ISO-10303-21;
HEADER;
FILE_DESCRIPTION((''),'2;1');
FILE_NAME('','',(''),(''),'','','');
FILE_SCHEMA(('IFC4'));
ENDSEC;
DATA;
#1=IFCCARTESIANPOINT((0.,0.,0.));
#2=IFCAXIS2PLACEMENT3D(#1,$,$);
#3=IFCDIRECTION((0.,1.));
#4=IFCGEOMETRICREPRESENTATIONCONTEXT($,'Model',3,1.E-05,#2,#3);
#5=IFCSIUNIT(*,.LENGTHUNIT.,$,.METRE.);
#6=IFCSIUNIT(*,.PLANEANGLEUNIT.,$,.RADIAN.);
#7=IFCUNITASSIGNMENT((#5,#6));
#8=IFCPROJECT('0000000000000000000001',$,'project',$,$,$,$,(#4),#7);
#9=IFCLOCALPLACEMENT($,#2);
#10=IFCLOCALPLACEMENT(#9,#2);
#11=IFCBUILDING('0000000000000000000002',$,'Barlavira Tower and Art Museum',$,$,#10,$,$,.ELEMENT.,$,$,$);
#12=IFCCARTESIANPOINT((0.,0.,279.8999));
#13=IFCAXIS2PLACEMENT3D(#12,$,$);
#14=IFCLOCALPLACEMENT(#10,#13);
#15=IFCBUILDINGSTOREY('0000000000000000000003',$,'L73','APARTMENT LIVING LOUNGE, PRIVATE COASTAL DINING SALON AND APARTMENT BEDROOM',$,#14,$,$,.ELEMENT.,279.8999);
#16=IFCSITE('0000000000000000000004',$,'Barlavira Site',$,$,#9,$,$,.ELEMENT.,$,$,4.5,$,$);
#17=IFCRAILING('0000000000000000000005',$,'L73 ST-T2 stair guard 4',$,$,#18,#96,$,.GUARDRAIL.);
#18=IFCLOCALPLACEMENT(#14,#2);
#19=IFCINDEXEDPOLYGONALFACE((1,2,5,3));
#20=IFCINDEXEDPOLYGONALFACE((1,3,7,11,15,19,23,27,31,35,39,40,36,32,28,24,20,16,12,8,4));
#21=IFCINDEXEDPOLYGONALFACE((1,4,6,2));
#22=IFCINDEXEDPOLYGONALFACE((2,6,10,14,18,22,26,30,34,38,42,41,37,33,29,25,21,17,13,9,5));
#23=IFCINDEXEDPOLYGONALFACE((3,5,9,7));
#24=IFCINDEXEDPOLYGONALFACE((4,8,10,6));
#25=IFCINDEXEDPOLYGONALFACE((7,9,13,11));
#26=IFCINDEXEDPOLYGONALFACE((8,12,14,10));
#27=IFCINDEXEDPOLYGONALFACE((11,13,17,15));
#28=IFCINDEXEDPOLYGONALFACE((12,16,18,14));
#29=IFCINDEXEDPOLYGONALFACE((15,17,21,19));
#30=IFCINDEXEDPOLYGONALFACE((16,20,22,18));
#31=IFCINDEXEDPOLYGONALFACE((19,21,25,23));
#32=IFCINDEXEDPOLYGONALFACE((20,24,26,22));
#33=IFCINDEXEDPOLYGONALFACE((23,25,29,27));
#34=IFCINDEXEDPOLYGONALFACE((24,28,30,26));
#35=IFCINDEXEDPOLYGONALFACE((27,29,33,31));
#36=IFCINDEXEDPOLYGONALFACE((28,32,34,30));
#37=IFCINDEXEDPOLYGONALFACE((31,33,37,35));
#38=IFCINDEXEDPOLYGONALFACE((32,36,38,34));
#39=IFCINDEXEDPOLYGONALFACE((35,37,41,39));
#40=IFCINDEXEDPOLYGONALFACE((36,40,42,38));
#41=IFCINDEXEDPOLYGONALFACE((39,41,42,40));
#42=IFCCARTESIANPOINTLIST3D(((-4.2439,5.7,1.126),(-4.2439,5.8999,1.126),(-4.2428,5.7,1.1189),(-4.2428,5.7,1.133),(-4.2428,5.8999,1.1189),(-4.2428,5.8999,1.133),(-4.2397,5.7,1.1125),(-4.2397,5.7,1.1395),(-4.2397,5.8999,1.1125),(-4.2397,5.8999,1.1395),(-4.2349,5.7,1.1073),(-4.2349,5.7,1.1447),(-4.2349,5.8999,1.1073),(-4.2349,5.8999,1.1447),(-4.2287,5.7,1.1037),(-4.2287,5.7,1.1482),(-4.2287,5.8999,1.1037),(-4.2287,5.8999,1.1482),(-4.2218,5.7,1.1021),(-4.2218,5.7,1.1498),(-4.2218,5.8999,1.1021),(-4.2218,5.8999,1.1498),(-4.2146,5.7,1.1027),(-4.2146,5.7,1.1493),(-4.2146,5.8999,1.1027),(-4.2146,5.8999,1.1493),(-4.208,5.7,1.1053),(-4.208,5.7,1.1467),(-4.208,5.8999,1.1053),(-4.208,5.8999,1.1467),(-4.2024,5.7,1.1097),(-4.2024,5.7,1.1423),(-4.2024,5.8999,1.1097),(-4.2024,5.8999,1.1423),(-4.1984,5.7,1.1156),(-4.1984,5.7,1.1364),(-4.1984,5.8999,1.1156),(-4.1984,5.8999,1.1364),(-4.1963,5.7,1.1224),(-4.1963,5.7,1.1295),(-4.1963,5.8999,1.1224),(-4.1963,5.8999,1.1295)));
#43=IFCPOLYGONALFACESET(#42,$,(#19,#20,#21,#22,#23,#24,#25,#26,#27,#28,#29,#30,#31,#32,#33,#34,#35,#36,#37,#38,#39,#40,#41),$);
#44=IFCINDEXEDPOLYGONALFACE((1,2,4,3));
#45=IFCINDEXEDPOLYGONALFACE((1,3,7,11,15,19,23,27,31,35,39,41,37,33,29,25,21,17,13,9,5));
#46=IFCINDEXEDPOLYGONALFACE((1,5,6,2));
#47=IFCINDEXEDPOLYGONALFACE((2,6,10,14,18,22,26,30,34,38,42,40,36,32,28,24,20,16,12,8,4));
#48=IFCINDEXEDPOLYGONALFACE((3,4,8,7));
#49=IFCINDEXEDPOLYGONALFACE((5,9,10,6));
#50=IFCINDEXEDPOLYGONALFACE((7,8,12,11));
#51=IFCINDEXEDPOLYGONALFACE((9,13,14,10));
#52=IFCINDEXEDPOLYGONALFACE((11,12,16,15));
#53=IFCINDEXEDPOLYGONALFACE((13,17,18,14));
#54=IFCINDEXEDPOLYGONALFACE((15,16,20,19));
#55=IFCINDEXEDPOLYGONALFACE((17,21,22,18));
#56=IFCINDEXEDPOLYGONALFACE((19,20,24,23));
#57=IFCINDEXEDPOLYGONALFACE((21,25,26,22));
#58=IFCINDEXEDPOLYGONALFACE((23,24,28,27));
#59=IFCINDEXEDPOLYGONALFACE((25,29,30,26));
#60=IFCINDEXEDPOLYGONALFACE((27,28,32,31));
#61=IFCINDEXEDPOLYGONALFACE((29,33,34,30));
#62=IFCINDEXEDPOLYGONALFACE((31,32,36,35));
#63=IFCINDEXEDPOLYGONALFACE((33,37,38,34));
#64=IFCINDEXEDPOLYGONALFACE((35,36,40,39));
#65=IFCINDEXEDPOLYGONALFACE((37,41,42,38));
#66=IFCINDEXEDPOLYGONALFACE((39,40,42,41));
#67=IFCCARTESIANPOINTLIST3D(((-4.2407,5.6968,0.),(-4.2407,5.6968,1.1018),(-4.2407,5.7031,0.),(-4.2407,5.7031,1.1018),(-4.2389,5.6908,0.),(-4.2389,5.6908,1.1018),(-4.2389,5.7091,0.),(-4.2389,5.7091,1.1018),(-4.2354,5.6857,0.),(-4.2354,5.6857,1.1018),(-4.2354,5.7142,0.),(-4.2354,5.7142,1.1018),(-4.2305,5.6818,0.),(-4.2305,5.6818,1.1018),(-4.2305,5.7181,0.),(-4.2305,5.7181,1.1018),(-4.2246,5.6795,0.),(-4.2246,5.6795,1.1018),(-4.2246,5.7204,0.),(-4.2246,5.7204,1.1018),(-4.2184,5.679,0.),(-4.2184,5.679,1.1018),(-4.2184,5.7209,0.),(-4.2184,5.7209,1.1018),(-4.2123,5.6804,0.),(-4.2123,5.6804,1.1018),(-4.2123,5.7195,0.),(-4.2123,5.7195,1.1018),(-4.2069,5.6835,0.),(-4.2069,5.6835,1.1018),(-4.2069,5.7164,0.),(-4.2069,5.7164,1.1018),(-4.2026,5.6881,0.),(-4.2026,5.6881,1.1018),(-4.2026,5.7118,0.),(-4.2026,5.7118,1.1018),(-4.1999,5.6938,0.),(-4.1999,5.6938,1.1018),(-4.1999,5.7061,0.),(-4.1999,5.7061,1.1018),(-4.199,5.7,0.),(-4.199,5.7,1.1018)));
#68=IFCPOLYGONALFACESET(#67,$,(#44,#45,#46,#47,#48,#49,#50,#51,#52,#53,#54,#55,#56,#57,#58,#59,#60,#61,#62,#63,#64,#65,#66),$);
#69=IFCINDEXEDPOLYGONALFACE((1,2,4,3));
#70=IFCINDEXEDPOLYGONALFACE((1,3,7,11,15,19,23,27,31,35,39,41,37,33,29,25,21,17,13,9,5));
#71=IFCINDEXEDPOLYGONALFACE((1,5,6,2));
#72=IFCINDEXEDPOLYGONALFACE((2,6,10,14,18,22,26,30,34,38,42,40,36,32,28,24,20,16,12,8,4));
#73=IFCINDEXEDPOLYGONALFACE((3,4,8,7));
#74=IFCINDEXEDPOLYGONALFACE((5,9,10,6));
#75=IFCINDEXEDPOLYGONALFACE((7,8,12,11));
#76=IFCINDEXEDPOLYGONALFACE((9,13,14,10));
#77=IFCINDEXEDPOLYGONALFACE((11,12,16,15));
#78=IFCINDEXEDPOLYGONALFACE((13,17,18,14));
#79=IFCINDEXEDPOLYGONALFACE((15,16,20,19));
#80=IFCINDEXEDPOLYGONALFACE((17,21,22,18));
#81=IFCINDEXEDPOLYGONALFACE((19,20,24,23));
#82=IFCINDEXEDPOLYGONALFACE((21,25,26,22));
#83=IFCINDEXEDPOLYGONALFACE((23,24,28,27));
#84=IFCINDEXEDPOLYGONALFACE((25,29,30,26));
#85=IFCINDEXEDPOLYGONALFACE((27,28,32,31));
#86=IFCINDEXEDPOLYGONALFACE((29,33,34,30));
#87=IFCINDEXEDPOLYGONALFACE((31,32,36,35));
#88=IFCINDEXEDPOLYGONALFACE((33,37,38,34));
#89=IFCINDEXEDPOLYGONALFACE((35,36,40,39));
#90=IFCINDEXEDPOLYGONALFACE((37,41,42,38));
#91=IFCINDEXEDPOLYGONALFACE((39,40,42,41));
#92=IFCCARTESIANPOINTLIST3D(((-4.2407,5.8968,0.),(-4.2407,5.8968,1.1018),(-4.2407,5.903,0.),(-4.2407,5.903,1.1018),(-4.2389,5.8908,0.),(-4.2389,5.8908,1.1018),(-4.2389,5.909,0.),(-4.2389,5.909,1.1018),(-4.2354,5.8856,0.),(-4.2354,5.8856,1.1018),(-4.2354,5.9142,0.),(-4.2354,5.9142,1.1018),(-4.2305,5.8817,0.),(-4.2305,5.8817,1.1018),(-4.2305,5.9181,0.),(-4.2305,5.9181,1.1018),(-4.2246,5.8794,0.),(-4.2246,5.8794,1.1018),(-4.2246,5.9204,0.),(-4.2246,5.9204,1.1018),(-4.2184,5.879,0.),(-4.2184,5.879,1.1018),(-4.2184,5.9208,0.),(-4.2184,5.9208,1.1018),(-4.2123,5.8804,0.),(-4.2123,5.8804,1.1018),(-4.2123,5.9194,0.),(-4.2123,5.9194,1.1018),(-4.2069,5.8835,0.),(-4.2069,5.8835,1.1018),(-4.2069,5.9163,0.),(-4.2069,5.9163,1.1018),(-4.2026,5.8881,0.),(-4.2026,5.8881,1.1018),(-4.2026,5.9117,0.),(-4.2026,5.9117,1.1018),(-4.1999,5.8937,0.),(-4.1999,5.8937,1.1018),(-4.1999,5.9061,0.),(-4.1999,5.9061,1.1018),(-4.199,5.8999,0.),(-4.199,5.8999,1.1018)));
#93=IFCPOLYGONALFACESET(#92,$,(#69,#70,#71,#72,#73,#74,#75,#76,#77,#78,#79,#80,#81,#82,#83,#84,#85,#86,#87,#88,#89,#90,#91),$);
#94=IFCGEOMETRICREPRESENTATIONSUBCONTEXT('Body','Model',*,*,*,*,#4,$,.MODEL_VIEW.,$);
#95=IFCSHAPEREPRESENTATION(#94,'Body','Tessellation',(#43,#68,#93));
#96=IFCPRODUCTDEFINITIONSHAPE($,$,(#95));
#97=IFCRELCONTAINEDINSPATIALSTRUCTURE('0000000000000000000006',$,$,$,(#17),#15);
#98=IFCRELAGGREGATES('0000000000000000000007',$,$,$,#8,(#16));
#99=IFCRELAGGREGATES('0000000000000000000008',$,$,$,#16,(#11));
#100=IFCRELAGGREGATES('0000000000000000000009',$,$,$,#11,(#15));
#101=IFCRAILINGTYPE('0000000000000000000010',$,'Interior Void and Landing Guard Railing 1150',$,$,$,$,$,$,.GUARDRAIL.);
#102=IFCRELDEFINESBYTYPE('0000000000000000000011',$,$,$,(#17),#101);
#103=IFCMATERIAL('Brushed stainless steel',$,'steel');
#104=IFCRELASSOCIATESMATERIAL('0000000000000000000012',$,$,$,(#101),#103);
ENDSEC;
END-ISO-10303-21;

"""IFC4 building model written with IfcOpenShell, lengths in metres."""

from ifc_helpers import new_model, si_unit, direction, frame, origin, origin_2d, place, context, subcontext, project, spatial, circle, extrude, material, type_object, element, save


model = new_model("IFC4")

# Units and contexts
model_context = context("Model", 3, precision=1e-05, world=origin(), true_north=direction((0.0, 1.0)))
body_context = subcontext(model_context, "Body", "Model", "MODEL_VIEW")
ifc_project = project(units=[si_unit("LENGTHUNIT", "METRE"), si_unit("PLANEANGLEUNIT", "RADIAN")], contexts=[model_context])

# Site, building, storey
site_placement = place(None, origin())
site = spatial("IfcSite", under=ifc_project, at=site_placement, Name="Barlavira Site", CompositionType="ELEMENT", RefElevation=4.5)
building_placement = place(site_placement, origin())
building = spatial("IfcBuilding", under=site, at=building_placement, Name="Barlavira Tower and Art Museum", CompositionType="ELEMENT")
storey_placement = place(building_placement, frame((0.0, 0.0, 279.8999)))
storey = spatial("IfcBuildingStorey", under=building, at=storey_placement, Name="L73", Description="APARTMENT LIVING LOUNGE, PRIVATE COASTAL DINING SALON AND APARTMENT BEDROOM", CompositionType="ELEMENT", Elevation=279.8999)

# Railing
ifc_material_1 = material(Name="Brushed stainless steel", Category="steel")
railing_type_1 = type_object("IfcRailingType", Name="Interior Void and Landing Guard Railing 1150", PredefinedType="GUARDRAIL", material=ifc_material_1)
railing_1_placement = place(storey_placement, frame((-4.22, 5.7, 0.0)))
element("IfcRailing", 1, at=railing_1_placement, inside=storey, type_object=railing_type_1, Name="L73 ST-T2 stair guard 4", PredefinedType="GUARDRAIL", context=body_context, shape_type="SweptSolid", body=[
    extrude(circle(Radius=0.0239, at=origin_2d()), frame((0.0, 0.0, 1.126), z_axis=(0.0, 1.0, 0.0), x_axis=(-1.0, 0.0, 0.0)), (0.0, 0.0, 1.0), 0.2),
    extrude(circle(Radius=0.021, at=origin_2d()), origin(), (0.0, 0.0, 1.0), 1.1018),
    extrude(circle(Radius=0.021, at=origin_2d()), frame((0.0, 0.2, 0.0)), (0.0, 0.0, 1.0), 1.1018),
])

save(model, "model.ifc")
